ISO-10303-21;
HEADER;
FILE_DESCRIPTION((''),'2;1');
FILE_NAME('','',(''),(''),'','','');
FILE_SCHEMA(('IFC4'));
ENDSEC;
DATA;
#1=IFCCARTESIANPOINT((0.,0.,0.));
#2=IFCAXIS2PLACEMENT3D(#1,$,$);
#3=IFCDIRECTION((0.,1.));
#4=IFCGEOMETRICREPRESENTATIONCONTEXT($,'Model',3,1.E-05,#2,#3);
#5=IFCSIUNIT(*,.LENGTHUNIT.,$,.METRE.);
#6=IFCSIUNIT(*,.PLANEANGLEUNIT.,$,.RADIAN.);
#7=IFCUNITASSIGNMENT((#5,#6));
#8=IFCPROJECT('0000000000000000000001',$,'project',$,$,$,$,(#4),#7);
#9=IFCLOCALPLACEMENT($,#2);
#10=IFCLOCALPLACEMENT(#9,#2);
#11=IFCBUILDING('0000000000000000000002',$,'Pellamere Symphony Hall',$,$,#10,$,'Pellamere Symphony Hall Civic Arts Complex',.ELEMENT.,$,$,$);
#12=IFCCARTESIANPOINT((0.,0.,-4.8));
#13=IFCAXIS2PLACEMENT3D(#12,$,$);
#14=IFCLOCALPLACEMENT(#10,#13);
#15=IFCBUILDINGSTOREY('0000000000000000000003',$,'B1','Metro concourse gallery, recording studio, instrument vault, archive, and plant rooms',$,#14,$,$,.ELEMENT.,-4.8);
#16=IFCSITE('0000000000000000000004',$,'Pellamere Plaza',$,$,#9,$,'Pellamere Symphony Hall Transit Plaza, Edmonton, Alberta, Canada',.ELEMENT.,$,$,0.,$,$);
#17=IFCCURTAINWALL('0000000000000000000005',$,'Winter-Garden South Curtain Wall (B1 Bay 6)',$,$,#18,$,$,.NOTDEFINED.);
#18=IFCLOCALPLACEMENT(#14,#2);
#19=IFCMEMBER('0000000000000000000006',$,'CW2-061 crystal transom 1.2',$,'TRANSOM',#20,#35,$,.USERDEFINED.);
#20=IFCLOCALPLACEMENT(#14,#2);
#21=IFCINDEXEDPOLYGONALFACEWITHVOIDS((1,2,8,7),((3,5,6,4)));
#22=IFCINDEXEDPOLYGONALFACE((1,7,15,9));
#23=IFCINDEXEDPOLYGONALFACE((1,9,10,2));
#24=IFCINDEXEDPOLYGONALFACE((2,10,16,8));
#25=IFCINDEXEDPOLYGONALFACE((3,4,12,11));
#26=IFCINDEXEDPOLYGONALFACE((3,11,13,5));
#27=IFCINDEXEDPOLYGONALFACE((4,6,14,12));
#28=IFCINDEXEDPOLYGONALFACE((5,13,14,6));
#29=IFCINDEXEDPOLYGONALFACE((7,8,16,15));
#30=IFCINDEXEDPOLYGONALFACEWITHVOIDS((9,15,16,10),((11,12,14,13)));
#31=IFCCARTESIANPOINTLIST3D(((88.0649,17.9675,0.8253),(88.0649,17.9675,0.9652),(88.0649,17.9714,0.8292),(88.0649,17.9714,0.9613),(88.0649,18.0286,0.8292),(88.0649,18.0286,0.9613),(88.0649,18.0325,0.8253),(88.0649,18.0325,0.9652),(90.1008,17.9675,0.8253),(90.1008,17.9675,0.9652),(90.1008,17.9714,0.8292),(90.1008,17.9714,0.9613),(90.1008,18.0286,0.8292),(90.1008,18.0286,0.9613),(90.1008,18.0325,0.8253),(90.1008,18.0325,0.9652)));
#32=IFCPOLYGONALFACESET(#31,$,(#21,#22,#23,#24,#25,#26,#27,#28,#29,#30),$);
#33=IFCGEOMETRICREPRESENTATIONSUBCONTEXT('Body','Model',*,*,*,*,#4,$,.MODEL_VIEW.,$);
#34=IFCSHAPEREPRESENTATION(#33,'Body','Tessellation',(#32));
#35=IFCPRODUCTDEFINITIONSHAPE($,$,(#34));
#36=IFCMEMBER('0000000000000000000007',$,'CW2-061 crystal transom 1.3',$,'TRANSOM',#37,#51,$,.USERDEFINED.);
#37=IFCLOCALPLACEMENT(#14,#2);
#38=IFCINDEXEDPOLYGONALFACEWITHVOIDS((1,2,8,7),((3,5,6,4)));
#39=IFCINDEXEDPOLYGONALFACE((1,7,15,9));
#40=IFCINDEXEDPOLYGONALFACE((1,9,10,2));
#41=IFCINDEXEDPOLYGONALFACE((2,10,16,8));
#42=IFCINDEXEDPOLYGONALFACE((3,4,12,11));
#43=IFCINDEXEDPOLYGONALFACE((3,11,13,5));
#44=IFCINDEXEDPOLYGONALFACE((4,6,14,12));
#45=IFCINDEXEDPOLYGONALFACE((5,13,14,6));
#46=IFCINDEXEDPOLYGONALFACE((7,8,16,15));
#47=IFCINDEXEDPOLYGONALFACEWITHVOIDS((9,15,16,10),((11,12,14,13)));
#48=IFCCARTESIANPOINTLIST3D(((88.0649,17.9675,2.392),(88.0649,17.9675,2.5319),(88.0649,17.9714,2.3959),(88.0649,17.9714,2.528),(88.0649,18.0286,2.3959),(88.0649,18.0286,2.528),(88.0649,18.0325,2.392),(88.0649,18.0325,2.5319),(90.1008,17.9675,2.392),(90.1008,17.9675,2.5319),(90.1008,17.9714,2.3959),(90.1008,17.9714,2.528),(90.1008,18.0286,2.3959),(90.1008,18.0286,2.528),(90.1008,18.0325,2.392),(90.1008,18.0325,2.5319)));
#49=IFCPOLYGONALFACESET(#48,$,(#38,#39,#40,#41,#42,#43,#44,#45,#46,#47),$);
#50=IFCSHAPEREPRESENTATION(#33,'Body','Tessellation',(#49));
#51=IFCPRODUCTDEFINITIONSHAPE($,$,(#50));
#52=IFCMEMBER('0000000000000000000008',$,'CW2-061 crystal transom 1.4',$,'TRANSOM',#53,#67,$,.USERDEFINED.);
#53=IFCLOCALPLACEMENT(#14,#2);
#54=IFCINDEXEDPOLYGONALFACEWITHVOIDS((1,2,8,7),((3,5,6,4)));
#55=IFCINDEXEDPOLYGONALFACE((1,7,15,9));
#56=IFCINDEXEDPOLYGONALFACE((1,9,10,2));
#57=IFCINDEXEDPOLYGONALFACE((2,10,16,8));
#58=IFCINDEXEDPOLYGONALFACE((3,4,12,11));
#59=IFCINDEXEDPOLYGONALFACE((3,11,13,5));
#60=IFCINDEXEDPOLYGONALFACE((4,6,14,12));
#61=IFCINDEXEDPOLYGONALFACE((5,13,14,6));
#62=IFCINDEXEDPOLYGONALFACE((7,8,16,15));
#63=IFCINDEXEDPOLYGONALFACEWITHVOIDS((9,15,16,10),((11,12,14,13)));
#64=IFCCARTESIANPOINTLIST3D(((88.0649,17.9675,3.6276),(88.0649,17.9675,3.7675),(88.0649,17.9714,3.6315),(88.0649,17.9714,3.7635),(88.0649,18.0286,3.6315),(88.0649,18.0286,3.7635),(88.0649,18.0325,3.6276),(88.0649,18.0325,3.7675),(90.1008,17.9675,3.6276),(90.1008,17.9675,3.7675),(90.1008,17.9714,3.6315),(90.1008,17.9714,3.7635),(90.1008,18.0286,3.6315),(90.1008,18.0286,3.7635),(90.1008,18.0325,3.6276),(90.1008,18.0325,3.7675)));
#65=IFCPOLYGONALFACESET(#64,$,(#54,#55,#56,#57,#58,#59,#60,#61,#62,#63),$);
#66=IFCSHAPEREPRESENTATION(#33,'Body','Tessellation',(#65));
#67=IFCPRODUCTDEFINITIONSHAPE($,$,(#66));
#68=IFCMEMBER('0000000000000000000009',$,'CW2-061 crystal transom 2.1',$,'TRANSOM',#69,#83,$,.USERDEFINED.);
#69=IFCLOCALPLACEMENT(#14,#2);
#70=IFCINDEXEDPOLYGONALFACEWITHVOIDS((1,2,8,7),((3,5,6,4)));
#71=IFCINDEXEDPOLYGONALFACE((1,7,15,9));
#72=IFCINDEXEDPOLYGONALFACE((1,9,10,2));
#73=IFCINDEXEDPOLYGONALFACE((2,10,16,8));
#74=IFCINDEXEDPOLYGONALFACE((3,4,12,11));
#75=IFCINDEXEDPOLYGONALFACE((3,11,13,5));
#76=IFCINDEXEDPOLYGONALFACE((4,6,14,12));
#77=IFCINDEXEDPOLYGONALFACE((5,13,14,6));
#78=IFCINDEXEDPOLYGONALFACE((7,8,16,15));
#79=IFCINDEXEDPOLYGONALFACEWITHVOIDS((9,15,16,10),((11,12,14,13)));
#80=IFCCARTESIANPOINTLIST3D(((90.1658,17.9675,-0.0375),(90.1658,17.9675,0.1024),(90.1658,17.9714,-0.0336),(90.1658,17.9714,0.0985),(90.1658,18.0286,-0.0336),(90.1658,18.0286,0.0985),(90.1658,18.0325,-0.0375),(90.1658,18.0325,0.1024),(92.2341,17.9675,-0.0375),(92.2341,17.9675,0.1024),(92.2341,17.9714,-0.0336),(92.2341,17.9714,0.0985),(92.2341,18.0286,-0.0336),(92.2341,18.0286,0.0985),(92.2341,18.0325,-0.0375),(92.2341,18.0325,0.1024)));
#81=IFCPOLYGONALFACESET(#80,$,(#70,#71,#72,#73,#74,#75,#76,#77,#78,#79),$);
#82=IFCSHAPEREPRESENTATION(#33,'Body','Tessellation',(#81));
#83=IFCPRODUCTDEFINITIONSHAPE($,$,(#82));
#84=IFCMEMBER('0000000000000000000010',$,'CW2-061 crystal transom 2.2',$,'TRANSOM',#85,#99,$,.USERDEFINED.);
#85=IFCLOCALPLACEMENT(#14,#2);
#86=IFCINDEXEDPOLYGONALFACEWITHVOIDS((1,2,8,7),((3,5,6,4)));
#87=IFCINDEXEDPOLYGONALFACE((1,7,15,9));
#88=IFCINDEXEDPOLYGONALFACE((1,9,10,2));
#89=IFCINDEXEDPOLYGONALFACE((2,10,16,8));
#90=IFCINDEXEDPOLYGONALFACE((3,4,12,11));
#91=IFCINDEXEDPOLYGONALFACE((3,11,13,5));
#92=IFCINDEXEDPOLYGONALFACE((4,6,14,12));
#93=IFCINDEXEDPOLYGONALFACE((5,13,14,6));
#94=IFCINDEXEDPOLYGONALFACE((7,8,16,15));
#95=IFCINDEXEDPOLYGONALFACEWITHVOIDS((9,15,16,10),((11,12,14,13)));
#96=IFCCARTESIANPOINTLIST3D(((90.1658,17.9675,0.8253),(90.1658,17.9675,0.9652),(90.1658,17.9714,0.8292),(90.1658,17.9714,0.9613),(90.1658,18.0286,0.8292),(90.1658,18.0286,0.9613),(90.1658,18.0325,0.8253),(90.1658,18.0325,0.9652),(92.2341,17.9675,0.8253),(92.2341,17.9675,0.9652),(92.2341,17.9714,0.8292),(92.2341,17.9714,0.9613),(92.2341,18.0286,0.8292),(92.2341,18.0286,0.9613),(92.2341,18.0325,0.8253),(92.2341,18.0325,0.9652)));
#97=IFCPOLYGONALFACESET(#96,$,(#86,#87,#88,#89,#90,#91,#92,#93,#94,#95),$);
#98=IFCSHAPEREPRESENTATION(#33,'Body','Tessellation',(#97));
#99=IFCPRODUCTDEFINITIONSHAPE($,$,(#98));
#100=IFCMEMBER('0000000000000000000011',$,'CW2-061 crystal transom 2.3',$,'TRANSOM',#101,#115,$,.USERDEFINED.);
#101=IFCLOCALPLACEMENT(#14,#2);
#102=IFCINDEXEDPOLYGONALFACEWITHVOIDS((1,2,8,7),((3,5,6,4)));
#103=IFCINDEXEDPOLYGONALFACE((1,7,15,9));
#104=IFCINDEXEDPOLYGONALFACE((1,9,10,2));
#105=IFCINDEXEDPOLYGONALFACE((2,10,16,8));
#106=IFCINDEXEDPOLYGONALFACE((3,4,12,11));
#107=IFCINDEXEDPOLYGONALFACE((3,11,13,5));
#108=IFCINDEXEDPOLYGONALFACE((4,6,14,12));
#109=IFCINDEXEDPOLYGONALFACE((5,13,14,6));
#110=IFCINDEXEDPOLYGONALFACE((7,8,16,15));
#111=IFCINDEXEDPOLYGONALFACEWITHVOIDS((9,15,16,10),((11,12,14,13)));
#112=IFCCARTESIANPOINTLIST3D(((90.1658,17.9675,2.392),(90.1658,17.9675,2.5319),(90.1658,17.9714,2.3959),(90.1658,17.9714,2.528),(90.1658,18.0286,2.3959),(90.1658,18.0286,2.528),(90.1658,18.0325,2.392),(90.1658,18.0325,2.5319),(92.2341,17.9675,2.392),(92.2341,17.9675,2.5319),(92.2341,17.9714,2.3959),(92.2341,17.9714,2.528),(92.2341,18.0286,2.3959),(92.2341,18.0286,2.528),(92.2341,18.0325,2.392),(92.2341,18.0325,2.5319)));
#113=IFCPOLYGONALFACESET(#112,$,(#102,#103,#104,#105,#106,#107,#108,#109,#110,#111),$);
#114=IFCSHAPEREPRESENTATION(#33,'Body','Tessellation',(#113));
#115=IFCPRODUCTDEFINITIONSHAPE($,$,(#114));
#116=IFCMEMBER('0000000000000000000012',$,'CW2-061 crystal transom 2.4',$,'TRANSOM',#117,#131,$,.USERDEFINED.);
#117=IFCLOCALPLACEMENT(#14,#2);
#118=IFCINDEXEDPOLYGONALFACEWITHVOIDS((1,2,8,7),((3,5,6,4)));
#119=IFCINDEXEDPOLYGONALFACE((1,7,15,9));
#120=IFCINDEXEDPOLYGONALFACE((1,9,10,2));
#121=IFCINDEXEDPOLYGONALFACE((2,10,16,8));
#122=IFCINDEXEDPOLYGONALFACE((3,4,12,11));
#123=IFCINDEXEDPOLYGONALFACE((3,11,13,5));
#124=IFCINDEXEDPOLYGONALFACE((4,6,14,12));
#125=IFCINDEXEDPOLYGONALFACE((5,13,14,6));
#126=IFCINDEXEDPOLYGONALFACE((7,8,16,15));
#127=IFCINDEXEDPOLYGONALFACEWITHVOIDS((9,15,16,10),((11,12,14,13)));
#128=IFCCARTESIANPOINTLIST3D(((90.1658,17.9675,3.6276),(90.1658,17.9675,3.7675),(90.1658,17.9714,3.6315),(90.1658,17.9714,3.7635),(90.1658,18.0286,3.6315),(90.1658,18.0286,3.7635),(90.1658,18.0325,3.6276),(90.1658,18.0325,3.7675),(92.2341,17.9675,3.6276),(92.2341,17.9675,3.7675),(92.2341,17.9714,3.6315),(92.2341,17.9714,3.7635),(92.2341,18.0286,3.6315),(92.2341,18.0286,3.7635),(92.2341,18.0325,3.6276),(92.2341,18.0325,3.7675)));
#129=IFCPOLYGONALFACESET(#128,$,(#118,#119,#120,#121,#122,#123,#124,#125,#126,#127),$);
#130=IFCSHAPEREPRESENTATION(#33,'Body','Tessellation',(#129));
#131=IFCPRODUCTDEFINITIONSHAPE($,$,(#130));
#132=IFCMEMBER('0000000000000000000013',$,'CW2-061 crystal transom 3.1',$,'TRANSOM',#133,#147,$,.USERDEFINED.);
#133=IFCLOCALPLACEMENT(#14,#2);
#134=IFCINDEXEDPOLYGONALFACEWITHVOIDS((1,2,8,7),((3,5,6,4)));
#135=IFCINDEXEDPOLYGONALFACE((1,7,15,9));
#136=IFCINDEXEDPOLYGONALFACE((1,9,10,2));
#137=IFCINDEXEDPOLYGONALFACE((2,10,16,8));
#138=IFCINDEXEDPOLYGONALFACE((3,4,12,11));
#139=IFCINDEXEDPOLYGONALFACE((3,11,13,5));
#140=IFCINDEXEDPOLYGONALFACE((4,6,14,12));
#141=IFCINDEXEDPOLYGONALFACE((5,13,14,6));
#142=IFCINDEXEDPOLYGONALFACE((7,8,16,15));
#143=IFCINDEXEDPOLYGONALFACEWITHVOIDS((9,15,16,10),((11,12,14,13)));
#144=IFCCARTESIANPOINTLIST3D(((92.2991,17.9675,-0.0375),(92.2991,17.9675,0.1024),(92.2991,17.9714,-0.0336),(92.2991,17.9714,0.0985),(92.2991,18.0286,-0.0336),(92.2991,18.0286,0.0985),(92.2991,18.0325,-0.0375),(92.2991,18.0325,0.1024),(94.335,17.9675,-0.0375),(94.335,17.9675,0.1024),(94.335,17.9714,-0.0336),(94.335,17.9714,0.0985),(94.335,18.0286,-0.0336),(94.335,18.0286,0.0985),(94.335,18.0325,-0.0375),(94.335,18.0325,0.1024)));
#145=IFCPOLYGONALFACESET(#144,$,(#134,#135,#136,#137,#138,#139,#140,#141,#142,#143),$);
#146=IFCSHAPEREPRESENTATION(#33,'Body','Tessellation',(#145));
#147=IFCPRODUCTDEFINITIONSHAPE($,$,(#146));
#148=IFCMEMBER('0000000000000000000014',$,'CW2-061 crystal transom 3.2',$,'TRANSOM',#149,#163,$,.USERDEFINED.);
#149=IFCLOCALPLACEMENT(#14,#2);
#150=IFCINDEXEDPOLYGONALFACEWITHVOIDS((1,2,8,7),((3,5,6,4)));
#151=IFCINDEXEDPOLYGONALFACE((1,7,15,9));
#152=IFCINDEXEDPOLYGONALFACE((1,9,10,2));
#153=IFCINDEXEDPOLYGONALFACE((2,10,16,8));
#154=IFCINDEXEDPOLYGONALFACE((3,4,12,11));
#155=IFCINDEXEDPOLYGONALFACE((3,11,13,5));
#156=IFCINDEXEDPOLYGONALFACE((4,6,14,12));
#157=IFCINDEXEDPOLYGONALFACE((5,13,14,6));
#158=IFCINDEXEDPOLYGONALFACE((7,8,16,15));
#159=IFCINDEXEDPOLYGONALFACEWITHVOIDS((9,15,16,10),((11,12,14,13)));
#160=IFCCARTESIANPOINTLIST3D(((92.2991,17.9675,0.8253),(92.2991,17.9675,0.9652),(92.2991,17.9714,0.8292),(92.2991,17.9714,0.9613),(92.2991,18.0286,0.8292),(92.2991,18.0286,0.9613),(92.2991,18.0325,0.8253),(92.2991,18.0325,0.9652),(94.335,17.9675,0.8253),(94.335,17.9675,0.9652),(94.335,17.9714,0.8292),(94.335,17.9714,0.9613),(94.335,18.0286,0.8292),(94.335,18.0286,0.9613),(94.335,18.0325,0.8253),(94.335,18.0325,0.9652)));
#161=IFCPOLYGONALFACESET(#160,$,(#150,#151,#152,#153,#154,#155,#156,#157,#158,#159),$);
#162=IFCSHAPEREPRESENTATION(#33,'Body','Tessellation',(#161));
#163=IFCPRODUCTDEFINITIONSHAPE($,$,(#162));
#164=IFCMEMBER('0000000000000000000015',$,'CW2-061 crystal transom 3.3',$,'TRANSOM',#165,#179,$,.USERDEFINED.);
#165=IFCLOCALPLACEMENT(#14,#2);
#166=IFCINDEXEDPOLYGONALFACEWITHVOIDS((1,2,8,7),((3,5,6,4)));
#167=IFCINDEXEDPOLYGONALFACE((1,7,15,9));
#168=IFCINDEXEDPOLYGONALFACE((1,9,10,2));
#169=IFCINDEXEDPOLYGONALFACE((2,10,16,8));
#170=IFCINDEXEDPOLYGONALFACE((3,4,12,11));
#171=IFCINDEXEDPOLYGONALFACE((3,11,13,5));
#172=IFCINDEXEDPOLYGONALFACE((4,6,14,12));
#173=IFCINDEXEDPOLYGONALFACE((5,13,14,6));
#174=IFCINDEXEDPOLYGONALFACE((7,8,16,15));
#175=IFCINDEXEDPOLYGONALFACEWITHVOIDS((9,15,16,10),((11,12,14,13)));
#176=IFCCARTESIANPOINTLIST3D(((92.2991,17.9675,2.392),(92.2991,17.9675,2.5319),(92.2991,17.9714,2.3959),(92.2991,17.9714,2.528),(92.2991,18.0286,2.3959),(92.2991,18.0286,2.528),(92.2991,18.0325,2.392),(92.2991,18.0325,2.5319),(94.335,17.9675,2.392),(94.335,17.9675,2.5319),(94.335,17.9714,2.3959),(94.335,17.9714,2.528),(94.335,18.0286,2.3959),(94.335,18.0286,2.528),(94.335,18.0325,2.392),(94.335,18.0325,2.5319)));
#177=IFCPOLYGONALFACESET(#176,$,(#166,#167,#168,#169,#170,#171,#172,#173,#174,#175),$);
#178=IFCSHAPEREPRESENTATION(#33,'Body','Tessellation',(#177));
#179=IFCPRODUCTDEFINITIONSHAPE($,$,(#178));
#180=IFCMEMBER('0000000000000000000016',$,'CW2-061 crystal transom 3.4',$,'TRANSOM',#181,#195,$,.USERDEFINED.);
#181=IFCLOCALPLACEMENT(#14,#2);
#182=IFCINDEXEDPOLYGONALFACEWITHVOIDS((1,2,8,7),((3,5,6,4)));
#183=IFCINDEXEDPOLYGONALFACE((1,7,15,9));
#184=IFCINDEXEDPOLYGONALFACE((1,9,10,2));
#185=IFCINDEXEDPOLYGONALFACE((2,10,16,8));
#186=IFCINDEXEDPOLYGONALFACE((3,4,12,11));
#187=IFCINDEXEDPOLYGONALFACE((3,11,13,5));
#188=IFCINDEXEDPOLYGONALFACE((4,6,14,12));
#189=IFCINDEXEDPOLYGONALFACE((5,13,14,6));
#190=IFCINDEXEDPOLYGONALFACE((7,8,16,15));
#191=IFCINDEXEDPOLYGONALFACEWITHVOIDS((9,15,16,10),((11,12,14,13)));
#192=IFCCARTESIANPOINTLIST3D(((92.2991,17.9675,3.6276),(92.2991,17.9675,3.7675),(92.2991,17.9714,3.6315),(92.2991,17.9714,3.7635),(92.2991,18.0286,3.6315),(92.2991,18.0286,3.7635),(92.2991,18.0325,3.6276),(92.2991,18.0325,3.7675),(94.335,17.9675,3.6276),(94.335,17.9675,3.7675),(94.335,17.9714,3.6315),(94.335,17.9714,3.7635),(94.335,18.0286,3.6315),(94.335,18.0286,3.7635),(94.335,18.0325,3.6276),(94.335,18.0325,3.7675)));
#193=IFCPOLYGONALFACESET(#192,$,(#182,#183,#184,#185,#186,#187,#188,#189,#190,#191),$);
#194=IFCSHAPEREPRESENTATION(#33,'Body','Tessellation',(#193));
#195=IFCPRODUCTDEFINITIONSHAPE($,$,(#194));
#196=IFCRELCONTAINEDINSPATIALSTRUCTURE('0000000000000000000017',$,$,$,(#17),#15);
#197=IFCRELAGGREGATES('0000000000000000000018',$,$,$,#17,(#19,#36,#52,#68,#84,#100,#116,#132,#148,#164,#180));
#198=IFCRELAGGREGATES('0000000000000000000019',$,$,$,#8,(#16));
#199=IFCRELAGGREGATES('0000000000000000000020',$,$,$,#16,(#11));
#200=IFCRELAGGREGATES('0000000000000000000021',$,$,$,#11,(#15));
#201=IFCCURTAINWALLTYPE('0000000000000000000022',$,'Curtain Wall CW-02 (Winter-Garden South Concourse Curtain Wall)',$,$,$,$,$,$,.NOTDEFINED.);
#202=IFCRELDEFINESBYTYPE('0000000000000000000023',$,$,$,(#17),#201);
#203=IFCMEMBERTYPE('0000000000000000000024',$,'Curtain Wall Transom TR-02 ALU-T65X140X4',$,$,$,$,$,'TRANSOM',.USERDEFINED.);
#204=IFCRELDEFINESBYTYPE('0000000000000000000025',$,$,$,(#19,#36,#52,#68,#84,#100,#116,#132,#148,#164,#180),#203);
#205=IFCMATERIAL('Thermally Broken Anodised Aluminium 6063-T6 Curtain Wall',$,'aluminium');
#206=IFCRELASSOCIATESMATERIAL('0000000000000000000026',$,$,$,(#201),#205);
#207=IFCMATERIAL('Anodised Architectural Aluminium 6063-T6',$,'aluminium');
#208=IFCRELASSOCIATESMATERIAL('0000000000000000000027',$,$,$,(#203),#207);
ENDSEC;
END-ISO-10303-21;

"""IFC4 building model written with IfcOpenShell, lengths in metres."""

from ifc_helpers import new_model, si_unit, direction, frame, origin, origin_2d, place, context, subcontext, project, spatial, hollow_rectangle, extrude, material, material_profile, profile_set, type_object, element, aggregate, save


model = new_model("IFC4")

# Units and contexts
model_context = context("Model", 3, precision=1e-05, world=origin(), true_north=direction((0.0, 1.0)))
body_context = subcontext(model_context, "Body", "Model", "MODEL_VIEW")
ifc_project = project(units=[si_unit("LENGTHUNIT", "METRE"), si_unit("PLANEANGLEUNIT", "RADIAN")], contexts=[model_context])

# Site, building, storey
site_placement = place(None, origin())
site = spatial("IfcSite", under=ifc_project, at=site_placement, Name="Pellamere Plaza", LongName="Pellamere Symphony Hall Transit Plaza, Edmonton, Alberta, Canada", CompositionType="ELEMENT", RefElevation=0.0)
building_placement = place(site_placement, origin())
building = spatial("IfcBuilding", under=site, at=building_placement, Name="Pellamere Symphony Hall", LongName="Pellamere Symphony Hall Civic Arts Complex", CompositionType="ELEMENT")
storey_placement = place(building_placement, frame((0.0, 0.0, -4.8)))
storey = spatial("IfcBuildingStorey", under=building, at=storey_placement, Name="B1", Description="Metro concourse gallery, recording studio, instrument vault, archive, and plant rooms", CompositionType="ELEMENT", Elevation=-4.8)

# Shared definitions
ifc_material_1 = material(Name="Thermally Broken Anodised Aluminium 6063-T6 Curtain Wall", Category="aluminium")
curtain_wall_type = type_object("IfcCurtainWallType", Name="Curtain Wall CW-02 (Winter-Garden South Concourse Curtain Wall)", PredefinedType="NOTDEFINED", material=ifc_material_1)
ifc_material_2 = material(Name="Anodised Architectural Aluminium 6063-T6", Category="aluminium")

# Curtain wall
curtain_wall_1_placement = place(storey_placement, origin())
curtain_wall_1 = element("IfcCurtainWall", 1, at=curtain_wall_1_placement, inside=storey, type_object=curtain_wall_type, Name="Winter-Garden South Curtain Wall (B1 Bay 6)", PredefinedType="NOTDEFINED")

# Members
ifc_material_profile_1 = material_profile(ifc_material_2, hollow_rectangle(XDim=0.0649, YDim=0.1399, WallThickness=0.0039, at=origin_2d()), Name="ALU-T65X140X4")
ifc_profile_set_1 = profile_set([ifc_material_profile_1], Name="Anodised Architectural Aluminium 6063-T6")
member_type_1 = type_object("IfcMemberType", Name="Curtain Wall Transom TR-02 ALU-T65X140X4", ElementType="TRANSOM", PredefinedType="USERDEFINED", material=ifc_profile_set_1)
member_1_placement = place(storey_placement, frame((88.0649, 18.0, 0.8953), z_axis=(1.0, 0.0, 0.0), x_axis=(0.0, 1.0, 0.0)))
member_1 = element("IfcMember", 2, at=member_1_placement, type_object=member_type_1, Name="CW2-061 crystal transom 1.2", ObjectType="TRANSOM", PredefinedType="USERDEFINED", context=body_context, shape_type="SweptSolid", body=[
    extrude(hollow_rectangle(XDim=0.0649, YDim=0.1399, WallThickness=0.0039, at=origin_2d()), origin(), (0.0, 0.0, 1.0), 2.0359),
])
member_2_placement = place(storey_placement, frame((88.0649, 18.0, 2.4619), z_axis=(1.0, 0.0, 0.0), x_axis=(0.0, 1.0, 0.0)))
member_2 = element("IfcMember", 3, at=member_2_placement, type_object=member_type_1, Name="CW2-061 crystal transom 1.3", ObjectType="TRANSOM", PredefinedType="USERDEFINED", context=body_context, shape_type="SweptSolid", body=[
    extrude(hollow_rectangle(XDim=0.0649, YDim=0.1399, WallThickness=0.0039, at=origin_2d()), origin(), (0.0, 0.0, 1.0), 2.0359),
])
member_3_placement = place(storey_placement, frame((88.0649, 18.0, 3.6975), z_axis=(1.0, 0.0, 0.0), x_axis=(0.0, 1.0, 0.0)))
member_3 = element("IfcMember", 4, at=member_3_placement, type_object=member_type_1, Name="CW2-061 crystal transom 1.4", ObjectType="TRANSOM", PredefinedType="USERDEFINED", context=body_context, shape_type="SweptSolid", body=[
    extrude(hollow_rectangle(XDim=0.0649, YDim=0.1399, WallThickness=0.0039, at=origin_2d()), origin(), (0.0, 0.0, 1.0), 2.0359),
])
member_4_placement = place(storey_placement, frame((90.1658, 18.0, 0.0325), z_axis=(1.0, 0.0, 0.0), x_axis=(0.0, 1.0, 0.0)))
member_4 = element("IfcMember", 5, at=member_4_placement, type_object=member_type_1, Name="CW2-061 crystal transom 2.1", ObjectType="TRANSOM", PredefinedType="USERDEFINED", context=body_context, shape_type="SweptSolid", body=[
    extrude(hollow_rectangle(XDim=0.0649, YDim=0.1399, WallThickness=0.0039, at=origin_2d()), origin(), (0.0, 0.0, 1.0), 2.0684),
])
member_5_placement = place(storey_placement, frame((90.1658, 18.0, 0.8953), z_axis=(1.0, 0.0, 0.0), x_axis=(0.0, 1.0, 0.0)))
member_5 = element("IfcMember", 6, at=member_5_placement, type_object=member_type_1, Name="CW2-061 crystal transom 2.2", ObjectType="TRANSOM", PredefinedType="USERDEFINED", context=body_context, shape_type="SweptSolid", body=[
    extrude(hollow_rectangle(XDim=0.0649, YDim=0.1399, WallThickness=0.0039, at=origin_2d()), origin(), (0.0, 0.0, 1.0), 2.0684),
])
member_6_placement = place(storey_placement, frame((90.1658, 18.0, 2.4619), z_axis=(1.0, 0.0, 0.0), x_axis=(0.0, 1.0, 0.0)))
member_6 = element("IfcMember", 7, at=member_6_placement, type_object=member_type_1, Name="CW2-061 crystal transom 2.3", ObjectType="TRANSOM", PredefinedType="USERDEFINED", context=body_context, shape_type="SweptSolid", body=[
    extrude(hollow_rectangle(XDim=0.0649, YDim=0.1399, WallThickness=0.0039, at=origin_2d()), origin(), (0.0, 0.0, 1.0), 2.0684),
])
member_7_placement = place(storey_placement, frame((90.1658, 18.0, 3.6975), z_axis=(1.0, 0.0, 0.0), x_axis=(0.0, 1.0, 0.0)))
member_7 = element("IfcMember", 8, at=member_7_placement, type_object=member_type_1, Name="CW2-061 crystal transom 2.4", ObjectType="TRANSOM", PredefinedType="USERDEFINED", context=body_context, shape_type="SweptSolid", body=[
    extrude(hollow_rectangle(XDim=0.0649, YDim=0.1399, WallThickness=0.0039, at=origin_2d()), origin(), (0.0, 0.0, 1.0), 2.0684),
])
member_8_placement = place(storey_placement, frame((92.2991, 18.0, 0.0325), z_axis=(1.0, 0.0, 0.0), x_axis=(0.0, 1.0, 0.0)))
member_8 = element("IfcMember", 9, at=member_8_placement, type_object=member_type_1, Name="CW2-061 crystal transom 3.1", ObjectType="TRANSOM", PredefinedType="USERDEFINED", context=body_context, shape_type="SweptSolid", body=[
    extrude(hollow_rectangle(XDim=0.0649, YDim=0.1399, WallThickness=0.0039, at=origin_2d()), origin(), (0.0, 0.0, 1.0), 2.0359),
])
member_9_placement = place(storey_placement, frame((92.2991, 18.0, 0.8953), z_axis=(1.0, 0.0, 0.0), x_axis=(0.0, 1.0, 0.0)))
member_9 = element("IfcMember", 10, at=member_9_placement, type_object=member_type_1, Name="CW2-061 crystal transom 3.2", ObjectType="TRANSOM", PredefinedType="USERDEFINED", context=body_context, shape_type="SweptSolid", body=[
    extrude(hollow_rectangle(XDim=0.0649, YDim=0.1399, WallThickness=0.0039, at=origin_2d()), origin(), (0.0, 0.0, 1.0), 2.0359),
])
member_10_placement = place(storey_placement, frame((92.2991, 18.0, 2.4619), z_axis=(1.0, 0.0, 0.0), x_axis=(0.0, 1.0, 0.0)))
member_10 = element("IfcMember", 11, at=member_10_placement, type_object=member_type_1, Name="CW2-061 crystal transom 3.3", ObjectType="TRANSOM", PredefinedType="USERDEFINED", context=body_context, shape_type="SweptSolid", body=[
    extrude(hollow_rectangle(XDim=0.0649, YDim=0.1399, WallThickness=0.0039, at=origin_2d()), origin(), (0.0, 0.0, 1.0), 2.0359),
])
member_11_placement = place(storey_placement, frame((92.2991, 18.0, 3.6975), z_axis=(1.0, 0.0, 0.0), x_axis=(0.0, 1.0, 0.0)))
member_11 = element("IfcMember", 12, at=member_11_placement, type_object=member_type_1, Name="CW2-061 crystal transom 3.4", ObjectType="TRANSOM", PredefinedType="USERDEFINED", context=body_context, shape_type="SweptSolid", body=[
    extrude(hollow_rectangle(XDim=0.0649, YDim=0.1399, WallThickness=0.0039, at=origin_2d()), origin(), (0.0, 0.0, 1.0), 2.0359),
])

aggregate(curtain_wall_1, [member_1, member_2, member_3, member_4, member_5, member_6, member_7, member_8, member_9, member_10, member_11])

save(model, "model.ifc")
